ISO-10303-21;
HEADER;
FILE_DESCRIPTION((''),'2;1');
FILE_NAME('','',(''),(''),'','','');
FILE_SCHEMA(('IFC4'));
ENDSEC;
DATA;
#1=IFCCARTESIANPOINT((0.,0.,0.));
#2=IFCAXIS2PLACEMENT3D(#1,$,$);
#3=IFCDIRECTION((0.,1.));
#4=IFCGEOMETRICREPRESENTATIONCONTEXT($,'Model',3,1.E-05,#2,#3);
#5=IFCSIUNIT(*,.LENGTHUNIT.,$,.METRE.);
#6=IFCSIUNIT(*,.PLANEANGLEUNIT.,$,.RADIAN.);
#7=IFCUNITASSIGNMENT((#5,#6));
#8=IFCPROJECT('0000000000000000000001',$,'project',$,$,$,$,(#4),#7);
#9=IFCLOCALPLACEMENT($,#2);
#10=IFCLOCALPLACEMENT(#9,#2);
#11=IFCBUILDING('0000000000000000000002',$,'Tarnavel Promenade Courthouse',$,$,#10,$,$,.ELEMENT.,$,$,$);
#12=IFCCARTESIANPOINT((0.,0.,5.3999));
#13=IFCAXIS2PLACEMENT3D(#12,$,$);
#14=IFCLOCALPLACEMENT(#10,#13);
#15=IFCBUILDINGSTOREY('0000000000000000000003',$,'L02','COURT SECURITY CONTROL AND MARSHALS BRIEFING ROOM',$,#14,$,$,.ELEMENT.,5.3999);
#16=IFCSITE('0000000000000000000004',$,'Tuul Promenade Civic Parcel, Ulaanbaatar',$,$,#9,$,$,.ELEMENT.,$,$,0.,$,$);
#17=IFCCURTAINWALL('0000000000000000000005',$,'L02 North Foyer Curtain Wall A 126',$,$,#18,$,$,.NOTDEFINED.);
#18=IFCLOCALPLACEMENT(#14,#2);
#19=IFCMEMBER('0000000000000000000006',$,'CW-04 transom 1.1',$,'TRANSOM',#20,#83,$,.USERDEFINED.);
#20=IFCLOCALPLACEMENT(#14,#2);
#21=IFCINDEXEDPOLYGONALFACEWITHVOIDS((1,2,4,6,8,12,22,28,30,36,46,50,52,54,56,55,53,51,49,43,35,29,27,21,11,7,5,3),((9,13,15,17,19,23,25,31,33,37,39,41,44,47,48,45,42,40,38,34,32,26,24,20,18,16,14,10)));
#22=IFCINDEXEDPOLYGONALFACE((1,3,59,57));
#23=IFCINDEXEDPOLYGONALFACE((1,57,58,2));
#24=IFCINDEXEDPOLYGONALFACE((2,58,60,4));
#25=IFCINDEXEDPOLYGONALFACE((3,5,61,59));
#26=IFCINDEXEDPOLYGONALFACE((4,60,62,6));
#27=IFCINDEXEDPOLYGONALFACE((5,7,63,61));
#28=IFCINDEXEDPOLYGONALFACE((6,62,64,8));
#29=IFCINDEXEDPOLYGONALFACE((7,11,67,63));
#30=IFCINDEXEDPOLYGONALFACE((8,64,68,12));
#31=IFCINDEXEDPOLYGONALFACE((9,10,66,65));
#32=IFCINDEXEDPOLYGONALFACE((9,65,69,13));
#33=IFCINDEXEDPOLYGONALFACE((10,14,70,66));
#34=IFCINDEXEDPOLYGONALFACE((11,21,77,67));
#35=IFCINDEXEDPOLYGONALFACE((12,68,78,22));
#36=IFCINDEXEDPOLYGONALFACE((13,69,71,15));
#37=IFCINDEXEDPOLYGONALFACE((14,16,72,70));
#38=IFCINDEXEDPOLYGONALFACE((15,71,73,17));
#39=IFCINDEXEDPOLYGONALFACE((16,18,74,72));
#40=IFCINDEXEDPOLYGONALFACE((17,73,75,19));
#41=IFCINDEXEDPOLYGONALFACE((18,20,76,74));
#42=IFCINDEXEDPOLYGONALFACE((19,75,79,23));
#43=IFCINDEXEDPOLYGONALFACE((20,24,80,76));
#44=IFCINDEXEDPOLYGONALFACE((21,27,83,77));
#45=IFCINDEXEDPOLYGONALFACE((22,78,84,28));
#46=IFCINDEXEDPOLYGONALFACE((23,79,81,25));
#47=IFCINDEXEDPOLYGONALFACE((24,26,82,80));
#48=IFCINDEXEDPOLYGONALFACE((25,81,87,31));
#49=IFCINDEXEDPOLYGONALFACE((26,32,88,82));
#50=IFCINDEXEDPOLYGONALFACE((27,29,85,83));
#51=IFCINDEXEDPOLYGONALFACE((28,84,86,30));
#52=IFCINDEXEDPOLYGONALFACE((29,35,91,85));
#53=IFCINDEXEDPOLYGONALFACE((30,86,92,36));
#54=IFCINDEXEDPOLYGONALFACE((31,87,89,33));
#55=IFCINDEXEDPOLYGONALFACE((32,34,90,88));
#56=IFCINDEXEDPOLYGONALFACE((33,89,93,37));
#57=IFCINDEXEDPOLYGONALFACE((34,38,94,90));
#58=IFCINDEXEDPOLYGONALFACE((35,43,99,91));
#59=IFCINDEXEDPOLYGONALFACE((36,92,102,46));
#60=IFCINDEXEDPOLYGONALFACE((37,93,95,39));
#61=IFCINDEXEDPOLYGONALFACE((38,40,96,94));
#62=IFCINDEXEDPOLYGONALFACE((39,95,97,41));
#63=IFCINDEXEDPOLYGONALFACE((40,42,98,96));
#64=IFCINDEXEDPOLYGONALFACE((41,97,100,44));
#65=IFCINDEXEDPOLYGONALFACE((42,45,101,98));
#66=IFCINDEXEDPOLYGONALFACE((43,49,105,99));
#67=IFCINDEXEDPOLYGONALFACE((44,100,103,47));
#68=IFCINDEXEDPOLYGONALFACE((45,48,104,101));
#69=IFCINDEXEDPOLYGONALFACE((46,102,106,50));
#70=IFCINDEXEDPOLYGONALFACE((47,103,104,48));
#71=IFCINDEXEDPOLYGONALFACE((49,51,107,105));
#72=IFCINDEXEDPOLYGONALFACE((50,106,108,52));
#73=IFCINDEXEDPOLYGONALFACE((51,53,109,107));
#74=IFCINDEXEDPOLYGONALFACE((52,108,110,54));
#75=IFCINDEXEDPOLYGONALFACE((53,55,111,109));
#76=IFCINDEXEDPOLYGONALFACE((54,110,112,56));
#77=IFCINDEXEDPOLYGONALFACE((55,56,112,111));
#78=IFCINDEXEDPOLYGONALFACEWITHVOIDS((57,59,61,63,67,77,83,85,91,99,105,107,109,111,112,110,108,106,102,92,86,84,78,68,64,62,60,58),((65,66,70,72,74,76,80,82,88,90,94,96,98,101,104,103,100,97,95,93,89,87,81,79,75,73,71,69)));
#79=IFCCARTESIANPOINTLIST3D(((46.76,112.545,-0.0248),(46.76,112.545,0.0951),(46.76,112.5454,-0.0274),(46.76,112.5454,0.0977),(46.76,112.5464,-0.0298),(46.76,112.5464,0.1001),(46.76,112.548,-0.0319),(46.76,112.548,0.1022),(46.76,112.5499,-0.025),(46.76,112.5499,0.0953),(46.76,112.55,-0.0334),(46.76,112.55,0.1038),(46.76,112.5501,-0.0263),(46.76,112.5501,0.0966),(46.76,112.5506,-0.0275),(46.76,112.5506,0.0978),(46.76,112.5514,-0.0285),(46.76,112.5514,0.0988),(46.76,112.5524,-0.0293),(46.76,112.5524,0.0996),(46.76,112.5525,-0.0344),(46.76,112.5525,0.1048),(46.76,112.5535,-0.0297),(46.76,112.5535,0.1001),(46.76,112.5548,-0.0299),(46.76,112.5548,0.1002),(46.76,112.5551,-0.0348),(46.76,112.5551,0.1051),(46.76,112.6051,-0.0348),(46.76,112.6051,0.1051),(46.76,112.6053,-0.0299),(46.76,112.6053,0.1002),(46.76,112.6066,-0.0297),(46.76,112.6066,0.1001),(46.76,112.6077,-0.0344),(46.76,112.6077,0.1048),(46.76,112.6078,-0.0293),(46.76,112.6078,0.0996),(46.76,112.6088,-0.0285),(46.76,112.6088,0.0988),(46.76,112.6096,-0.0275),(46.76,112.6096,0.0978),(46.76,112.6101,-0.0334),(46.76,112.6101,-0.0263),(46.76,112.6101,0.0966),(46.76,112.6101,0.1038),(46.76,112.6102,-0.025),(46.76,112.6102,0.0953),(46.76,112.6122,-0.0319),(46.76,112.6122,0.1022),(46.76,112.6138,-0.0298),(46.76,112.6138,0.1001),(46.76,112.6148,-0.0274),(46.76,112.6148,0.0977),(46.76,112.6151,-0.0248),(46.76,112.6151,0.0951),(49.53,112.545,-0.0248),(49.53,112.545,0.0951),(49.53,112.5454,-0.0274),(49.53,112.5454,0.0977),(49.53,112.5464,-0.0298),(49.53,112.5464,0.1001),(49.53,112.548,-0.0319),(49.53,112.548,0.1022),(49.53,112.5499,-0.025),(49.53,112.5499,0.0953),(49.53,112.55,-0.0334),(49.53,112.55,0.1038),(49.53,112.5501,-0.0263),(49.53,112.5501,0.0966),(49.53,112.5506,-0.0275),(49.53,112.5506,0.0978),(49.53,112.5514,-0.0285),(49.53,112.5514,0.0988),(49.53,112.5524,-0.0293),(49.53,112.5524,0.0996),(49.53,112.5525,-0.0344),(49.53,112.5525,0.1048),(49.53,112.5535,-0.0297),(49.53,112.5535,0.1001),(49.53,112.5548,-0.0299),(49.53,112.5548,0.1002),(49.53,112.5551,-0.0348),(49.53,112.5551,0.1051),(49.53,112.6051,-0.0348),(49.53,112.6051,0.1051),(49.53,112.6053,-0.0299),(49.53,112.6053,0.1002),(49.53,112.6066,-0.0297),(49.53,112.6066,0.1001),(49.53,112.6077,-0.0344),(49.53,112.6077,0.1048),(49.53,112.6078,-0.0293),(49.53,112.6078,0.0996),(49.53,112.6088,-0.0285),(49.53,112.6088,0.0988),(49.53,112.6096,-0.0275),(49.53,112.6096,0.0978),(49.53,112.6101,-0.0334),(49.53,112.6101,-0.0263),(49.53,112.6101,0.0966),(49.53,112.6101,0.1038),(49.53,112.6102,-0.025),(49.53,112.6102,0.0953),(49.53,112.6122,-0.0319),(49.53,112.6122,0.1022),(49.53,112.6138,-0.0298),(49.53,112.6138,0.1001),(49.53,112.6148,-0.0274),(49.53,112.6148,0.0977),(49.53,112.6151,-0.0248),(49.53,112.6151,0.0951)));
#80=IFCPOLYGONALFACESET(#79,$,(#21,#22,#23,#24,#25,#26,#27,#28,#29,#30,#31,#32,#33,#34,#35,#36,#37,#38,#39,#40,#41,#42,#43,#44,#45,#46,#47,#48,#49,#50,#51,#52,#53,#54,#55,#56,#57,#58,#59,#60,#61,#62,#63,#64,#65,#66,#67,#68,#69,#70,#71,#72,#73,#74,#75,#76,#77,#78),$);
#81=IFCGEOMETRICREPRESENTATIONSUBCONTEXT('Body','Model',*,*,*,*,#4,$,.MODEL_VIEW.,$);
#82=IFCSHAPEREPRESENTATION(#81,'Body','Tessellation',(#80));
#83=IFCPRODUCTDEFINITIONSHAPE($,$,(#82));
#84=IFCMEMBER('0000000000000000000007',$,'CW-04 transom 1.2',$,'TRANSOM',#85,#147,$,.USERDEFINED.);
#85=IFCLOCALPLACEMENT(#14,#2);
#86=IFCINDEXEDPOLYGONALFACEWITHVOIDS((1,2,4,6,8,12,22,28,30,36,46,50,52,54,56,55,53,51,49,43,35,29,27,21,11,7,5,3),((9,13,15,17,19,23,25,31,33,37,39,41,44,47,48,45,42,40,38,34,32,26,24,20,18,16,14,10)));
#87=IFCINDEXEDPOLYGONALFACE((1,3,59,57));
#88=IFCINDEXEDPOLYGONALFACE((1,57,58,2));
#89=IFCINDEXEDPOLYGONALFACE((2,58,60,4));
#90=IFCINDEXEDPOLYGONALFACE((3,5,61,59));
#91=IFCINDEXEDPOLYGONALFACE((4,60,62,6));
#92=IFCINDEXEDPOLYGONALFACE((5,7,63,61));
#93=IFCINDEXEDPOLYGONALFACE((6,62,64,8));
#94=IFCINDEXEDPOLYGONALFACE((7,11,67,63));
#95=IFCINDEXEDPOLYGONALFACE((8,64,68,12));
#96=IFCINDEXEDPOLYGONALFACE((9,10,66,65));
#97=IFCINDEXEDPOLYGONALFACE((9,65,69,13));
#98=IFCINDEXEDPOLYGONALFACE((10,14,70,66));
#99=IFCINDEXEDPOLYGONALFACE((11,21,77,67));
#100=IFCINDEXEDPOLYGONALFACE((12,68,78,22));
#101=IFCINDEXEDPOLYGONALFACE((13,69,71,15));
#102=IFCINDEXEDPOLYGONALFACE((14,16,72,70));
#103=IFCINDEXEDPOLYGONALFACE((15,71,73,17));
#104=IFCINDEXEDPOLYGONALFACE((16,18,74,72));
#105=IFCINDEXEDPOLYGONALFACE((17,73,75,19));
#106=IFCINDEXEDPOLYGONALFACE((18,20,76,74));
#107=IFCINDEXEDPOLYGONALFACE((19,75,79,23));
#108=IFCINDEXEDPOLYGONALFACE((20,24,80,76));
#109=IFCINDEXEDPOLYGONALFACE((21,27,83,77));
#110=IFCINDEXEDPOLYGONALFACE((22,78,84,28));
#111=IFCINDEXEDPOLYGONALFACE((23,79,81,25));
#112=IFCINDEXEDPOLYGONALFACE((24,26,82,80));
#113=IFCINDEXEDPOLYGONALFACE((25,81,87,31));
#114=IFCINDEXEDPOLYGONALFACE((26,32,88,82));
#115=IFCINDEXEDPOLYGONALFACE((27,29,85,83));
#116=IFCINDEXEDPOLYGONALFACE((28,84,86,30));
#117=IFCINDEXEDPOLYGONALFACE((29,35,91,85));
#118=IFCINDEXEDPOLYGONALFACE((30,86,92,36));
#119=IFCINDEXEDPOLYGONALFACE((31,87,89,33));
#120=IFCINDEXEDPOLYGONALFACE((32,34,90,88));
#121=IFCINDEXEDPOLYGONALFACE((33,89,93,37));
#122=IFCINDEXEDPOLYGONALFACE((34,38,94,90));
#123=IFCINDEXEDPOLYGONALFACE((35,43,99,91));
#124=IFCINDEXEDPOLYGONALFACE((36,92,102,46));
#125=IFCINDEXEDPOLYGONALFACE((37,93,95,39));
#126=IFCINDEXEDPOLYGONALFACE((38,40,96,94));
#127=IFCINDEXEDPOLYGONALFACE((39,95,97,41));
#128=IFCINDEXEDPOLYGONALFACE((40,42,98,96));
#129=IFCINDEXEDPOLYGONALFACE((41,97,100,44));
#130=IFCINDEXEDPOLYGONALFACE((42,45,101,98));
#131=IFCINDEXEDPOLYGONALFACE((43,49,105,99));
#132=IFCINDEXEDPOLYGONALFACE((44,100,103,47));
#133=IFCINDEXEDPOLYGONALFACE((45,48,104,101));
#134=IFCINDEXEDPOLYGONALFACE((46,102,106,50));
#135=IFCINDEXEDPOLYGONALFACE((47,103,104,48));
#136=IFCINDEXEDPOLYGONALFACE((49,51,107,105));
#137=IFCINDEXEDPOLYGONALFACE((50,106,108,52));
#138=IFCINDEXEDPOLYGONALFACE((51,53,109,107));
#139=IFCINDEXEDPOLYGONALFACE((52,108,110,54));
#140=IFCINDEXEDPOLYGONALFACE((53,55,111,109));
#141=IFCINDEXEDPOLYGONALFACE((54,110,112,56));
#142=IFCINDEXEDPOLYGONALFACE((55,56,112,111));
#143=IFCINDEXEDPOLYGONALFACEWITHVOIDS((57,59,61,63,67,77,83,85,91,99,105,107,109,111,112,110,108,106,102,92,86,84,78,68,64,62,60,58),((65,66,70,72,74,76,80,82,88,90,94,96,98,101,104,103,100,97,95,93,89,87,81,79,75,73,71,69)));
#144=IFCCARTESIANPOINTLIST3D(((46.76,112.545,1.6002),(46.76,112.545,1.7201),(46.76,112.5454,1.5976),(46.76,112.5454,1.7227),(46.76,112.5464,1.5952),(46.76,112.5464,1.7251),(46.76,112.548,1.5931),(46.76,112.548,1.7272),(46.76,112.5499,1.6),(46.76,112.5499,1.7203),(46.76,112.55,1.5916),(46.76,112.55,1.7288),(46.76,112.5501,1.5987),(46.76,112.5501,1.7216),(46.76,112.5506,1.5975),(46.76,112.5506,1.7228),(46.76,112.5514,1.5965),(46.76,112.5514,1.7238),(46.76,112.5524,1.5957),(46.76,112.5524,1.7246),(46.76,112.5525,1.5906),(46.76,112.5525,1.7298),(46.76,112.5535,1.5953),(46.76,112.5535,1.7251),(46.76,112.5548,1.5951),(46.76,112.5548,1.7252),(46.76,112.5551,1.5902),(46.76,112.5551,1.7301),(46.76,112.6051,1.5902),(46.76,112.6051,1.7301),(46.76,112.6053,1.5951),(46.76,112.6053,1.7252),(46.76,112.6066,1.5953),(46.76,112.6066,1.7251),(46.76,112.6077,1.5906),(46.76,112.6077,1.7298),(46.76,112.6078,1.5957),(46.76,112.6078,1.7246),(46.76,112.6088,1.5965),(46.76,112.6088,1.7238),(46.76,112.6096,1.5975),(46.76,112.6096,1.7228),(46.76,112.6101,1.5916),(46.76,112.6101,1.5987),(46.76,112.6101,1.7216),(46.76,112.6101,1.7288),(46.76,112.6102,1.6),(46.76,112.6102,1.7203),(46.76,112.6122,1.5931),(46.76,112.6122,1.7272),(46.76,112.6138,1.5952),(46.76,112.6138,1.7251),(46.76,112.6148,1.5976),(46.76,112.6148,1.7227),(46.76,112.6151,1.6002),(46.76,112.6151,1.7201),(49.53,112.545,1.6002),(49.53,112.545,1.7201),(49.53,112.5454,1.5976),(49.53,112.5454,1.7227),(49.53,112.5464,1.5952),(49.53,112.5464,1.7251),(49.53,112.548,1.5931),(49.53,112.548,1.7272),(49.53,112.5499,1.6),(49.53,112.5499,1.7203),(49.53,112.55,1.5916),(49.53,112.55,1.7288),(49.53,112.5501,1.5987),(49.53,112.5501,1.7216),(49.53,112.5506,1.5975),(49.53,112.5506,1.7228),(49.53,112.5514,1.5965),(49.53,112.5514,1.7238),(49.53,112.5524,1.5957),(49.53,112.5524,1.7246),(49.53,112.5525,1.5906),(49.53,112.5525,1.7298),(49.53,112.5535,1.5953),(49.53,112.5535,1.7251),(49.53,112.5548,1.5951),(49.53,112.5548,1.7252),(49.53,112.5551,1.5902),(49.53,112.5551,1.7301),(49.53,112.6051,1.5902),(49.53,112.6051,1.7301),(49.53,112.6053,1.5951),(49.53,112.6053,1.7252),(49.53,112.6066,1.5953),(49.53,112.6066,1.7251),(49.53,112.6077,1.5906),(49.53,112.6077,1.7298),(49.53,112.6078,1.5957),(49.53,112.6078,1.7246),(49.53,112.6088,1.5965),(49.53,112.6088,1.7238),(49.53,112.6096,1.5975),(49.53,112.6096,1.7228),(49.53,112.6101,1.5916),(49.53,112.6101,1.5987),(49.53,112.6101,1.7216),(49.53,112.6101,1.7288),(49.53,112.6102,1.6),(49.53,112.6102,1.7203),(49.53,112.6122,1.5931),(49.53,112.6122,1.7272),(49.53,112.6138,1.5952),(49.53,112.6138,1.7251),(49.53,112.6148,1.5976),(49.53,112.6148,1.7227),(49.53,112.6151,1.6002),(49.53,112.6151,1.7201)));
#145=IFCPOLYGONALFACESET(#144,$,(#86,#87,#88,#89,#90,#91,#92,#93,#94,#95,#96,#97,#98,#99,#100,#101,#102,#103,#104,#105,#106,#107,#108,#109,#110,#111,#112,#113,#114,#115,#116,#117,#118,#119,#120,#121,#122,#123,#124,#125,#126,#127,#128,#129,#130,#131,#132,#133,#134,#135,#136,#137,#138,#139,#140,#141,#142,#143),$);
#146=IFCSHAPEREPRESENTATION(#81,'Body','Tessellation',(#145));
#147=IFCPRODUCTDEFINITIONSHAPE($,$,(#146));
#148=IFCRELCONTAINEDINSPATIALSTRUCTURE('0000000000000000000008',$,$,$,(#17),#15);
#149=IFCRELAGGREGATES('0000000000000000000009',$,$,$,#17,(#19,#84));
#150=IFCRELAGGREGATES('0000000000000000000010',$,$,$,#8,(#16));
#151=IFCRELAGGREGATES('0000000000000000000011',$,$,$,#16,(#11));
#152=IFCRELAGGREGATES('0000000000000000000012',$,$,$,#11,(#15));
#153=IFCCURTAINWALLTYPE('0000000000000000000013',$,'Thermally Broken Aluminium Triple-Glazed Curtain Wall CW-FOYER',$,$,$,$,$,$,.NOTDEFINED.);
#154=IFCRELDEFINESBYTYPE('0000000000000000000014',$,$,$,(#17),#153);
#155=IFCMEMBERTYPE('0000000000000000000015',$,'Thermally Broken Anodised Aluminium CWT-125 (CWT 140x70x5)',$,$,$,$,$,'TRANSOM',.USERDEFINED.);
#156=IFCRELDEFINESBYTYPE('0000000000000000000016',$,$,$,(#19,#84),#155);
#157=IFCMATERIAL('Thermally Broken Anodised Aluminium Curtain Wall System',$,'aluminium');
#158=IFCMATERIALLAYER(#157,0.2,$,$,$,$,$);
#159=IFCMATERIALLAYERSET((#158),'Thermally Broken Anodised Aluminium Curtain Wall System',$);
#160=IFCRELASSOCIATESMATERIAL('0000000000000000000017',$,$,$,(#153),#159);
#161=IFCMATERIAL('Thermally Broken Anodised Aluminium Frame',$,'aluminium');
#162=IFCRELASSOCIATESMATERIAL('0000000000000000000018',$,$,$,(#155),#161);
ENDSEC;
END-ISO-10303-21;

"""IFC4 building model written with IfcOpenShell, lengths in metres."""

from ifc_helpers import new_model, si_unit, direction, frame, origin, origin_2d, place, context, subcontext, project, spatial, hollow_rectangle, extrude, material, layer, layer_set, material_profile, profile_set, type_object, element, aggregate, save


model = new_model("IFC4")

# Units and contexts
model_context = context("Model", 3, precision=1e-05, world=origin(), true_north=direction((0.0, 1.0)))
body_context = subcontext(model_context, "Body", "Model", "MODEL_VIEW")
ifc_project = project(units=[si_unit("LENGTHUNIT", "METRE"), si_unit("PLANEANGLEUNIT", "RADIAN")], contexts=[model_context])

# Site, building, storey
site_placement = place(None, origin())
site = spatial("IfcSite", under=ifc_project, at=site_placement, Name="Tuul Promenade Civic Parcel, Ulaanbaatar", CompositionType="ELEMENT", RefElevation=0.0)
building_placement = place(site_placement, origin())
building = spatial("IfcBuilding", under=site, at=building_placement, Name="Tarnavel Promenade Courthouse", CompositionType="ELEMENT")
storey_placement = place(building_placement, frame((0.0, 0.0, 5.3999)))
storey = spatial("IfcBuildingStorey", under=building, at=storey_placement, Name="L02", Description="COURT SECURITY CONTROL AND MARSHALS BRIEFING ROOM", CompositionType="ELEMENT", Elevation=5.3999)

# Curtain wall
ifc_material_1 = material(Name="Thermally Broken Anodised Aluminium Curtain Wall System", Category="aluminium")
ifc_layer_1 = layer(ifc_material_1, 0.2)
ifc_layer_set_1 = layer_set([ifc_layer_1], Name="Thermally Broken Anodised Aluminium Curtain Wall System")
curtain_wall_type = type_object("IfcCurtainWallType", Name="Thermally Broken Aluminium Triple-Glazed Curtain Wall CW-FOYER", PredefinedType="NOTDEFINED", material=ifc_layer_set_1)
curtain_wall_1_placement = place(storey_placement, origin())
curtain_wall_1 = element("IfcCurtainWall", 1, at=curtain_wall_1_placement, inside=storey, type_object=curtain_wall_type, Name="L02 North Foyer Curtain Wall A 126", PredefinedType="NOTDEFINED")
ifc_material_2 = material(Name="Thermally Broken Anodised Aluminium Frame", Category="aluminium")

# Members
ifc_material_profile_1 = material_profile(ifc_material_2, hollow_rectangle(XDim=0.0701, YDim=0.1399, WallThickness=0.0049, InnerFilletRadius=0.0049, OuterFilletRadius=0.01, at=origin_2d()), Name="CWT 140x70x5")
ifc_profile_set_1 = profile_set([ifc_material_profile_1], Name="Thermally Broken Anodised Aluminium Frame")
member_type_1 = type_object("IfcMemberType", Name="Thermally Broken Anodised Aluminium CWT-125 (CWT 140x70x5)", ElementType="TRANSOM", PredefinedType="USERDEFINED", material=ifc_profile_set_1)
member_1_placement = place(storey_placement, frame((46.76, 112.5801, 0.0352), z_axis=(1.0, 0.0, 0.0), x_axis=(0.0, 1.0, 0.0)))
member_1 = element("IfcMember", 2, at=member_1_placement, type_object=member_type_1, Name="CW-04 transom 1.1", ObjectType="TRANSOM", PredefinedType="USERDEFINED", context=body_context, shape_type="SweptSolid", body=[
    extrude(hollow_rectangle(XDim=0.0701, YDim=0.1399, WallThickness=0.0049, InnerFilletRadius=0.0049, OuterFilletRadius=0.01, at=origin_2d()), origin(), (0.0, 0.0, 1.0), 2.77),
])
member_2_placement = place(storey_placement, frame((46.76, 112.5801, 1.6602), z_axis=(1.0, 0.0, 0.0), x_axis=(0.0, 1.0, 0.0)))
member_2 = element("IfcMember", 3, at=member_2_placement, type_object=member_type_1, Name="CW-04 transom 1.2", ObjectType="TRANSOM", PredefinedType="USERDEFINED", context=body_context, shape_type="SweptSolid", body=[
    extrude(hollow_rectangle(XDim=0.0701, YDim=0.1399, WallThickness=0.0049, InnerFilletRadius=0.0049, OuterFilletRadius=0.01, at=origin_2d()), origin(), (0.0, 0.0, 1.0), 2.77),
])

aggregate(curtain_wall_1, [member_1, member_2])

save(model, "model.ifc")
